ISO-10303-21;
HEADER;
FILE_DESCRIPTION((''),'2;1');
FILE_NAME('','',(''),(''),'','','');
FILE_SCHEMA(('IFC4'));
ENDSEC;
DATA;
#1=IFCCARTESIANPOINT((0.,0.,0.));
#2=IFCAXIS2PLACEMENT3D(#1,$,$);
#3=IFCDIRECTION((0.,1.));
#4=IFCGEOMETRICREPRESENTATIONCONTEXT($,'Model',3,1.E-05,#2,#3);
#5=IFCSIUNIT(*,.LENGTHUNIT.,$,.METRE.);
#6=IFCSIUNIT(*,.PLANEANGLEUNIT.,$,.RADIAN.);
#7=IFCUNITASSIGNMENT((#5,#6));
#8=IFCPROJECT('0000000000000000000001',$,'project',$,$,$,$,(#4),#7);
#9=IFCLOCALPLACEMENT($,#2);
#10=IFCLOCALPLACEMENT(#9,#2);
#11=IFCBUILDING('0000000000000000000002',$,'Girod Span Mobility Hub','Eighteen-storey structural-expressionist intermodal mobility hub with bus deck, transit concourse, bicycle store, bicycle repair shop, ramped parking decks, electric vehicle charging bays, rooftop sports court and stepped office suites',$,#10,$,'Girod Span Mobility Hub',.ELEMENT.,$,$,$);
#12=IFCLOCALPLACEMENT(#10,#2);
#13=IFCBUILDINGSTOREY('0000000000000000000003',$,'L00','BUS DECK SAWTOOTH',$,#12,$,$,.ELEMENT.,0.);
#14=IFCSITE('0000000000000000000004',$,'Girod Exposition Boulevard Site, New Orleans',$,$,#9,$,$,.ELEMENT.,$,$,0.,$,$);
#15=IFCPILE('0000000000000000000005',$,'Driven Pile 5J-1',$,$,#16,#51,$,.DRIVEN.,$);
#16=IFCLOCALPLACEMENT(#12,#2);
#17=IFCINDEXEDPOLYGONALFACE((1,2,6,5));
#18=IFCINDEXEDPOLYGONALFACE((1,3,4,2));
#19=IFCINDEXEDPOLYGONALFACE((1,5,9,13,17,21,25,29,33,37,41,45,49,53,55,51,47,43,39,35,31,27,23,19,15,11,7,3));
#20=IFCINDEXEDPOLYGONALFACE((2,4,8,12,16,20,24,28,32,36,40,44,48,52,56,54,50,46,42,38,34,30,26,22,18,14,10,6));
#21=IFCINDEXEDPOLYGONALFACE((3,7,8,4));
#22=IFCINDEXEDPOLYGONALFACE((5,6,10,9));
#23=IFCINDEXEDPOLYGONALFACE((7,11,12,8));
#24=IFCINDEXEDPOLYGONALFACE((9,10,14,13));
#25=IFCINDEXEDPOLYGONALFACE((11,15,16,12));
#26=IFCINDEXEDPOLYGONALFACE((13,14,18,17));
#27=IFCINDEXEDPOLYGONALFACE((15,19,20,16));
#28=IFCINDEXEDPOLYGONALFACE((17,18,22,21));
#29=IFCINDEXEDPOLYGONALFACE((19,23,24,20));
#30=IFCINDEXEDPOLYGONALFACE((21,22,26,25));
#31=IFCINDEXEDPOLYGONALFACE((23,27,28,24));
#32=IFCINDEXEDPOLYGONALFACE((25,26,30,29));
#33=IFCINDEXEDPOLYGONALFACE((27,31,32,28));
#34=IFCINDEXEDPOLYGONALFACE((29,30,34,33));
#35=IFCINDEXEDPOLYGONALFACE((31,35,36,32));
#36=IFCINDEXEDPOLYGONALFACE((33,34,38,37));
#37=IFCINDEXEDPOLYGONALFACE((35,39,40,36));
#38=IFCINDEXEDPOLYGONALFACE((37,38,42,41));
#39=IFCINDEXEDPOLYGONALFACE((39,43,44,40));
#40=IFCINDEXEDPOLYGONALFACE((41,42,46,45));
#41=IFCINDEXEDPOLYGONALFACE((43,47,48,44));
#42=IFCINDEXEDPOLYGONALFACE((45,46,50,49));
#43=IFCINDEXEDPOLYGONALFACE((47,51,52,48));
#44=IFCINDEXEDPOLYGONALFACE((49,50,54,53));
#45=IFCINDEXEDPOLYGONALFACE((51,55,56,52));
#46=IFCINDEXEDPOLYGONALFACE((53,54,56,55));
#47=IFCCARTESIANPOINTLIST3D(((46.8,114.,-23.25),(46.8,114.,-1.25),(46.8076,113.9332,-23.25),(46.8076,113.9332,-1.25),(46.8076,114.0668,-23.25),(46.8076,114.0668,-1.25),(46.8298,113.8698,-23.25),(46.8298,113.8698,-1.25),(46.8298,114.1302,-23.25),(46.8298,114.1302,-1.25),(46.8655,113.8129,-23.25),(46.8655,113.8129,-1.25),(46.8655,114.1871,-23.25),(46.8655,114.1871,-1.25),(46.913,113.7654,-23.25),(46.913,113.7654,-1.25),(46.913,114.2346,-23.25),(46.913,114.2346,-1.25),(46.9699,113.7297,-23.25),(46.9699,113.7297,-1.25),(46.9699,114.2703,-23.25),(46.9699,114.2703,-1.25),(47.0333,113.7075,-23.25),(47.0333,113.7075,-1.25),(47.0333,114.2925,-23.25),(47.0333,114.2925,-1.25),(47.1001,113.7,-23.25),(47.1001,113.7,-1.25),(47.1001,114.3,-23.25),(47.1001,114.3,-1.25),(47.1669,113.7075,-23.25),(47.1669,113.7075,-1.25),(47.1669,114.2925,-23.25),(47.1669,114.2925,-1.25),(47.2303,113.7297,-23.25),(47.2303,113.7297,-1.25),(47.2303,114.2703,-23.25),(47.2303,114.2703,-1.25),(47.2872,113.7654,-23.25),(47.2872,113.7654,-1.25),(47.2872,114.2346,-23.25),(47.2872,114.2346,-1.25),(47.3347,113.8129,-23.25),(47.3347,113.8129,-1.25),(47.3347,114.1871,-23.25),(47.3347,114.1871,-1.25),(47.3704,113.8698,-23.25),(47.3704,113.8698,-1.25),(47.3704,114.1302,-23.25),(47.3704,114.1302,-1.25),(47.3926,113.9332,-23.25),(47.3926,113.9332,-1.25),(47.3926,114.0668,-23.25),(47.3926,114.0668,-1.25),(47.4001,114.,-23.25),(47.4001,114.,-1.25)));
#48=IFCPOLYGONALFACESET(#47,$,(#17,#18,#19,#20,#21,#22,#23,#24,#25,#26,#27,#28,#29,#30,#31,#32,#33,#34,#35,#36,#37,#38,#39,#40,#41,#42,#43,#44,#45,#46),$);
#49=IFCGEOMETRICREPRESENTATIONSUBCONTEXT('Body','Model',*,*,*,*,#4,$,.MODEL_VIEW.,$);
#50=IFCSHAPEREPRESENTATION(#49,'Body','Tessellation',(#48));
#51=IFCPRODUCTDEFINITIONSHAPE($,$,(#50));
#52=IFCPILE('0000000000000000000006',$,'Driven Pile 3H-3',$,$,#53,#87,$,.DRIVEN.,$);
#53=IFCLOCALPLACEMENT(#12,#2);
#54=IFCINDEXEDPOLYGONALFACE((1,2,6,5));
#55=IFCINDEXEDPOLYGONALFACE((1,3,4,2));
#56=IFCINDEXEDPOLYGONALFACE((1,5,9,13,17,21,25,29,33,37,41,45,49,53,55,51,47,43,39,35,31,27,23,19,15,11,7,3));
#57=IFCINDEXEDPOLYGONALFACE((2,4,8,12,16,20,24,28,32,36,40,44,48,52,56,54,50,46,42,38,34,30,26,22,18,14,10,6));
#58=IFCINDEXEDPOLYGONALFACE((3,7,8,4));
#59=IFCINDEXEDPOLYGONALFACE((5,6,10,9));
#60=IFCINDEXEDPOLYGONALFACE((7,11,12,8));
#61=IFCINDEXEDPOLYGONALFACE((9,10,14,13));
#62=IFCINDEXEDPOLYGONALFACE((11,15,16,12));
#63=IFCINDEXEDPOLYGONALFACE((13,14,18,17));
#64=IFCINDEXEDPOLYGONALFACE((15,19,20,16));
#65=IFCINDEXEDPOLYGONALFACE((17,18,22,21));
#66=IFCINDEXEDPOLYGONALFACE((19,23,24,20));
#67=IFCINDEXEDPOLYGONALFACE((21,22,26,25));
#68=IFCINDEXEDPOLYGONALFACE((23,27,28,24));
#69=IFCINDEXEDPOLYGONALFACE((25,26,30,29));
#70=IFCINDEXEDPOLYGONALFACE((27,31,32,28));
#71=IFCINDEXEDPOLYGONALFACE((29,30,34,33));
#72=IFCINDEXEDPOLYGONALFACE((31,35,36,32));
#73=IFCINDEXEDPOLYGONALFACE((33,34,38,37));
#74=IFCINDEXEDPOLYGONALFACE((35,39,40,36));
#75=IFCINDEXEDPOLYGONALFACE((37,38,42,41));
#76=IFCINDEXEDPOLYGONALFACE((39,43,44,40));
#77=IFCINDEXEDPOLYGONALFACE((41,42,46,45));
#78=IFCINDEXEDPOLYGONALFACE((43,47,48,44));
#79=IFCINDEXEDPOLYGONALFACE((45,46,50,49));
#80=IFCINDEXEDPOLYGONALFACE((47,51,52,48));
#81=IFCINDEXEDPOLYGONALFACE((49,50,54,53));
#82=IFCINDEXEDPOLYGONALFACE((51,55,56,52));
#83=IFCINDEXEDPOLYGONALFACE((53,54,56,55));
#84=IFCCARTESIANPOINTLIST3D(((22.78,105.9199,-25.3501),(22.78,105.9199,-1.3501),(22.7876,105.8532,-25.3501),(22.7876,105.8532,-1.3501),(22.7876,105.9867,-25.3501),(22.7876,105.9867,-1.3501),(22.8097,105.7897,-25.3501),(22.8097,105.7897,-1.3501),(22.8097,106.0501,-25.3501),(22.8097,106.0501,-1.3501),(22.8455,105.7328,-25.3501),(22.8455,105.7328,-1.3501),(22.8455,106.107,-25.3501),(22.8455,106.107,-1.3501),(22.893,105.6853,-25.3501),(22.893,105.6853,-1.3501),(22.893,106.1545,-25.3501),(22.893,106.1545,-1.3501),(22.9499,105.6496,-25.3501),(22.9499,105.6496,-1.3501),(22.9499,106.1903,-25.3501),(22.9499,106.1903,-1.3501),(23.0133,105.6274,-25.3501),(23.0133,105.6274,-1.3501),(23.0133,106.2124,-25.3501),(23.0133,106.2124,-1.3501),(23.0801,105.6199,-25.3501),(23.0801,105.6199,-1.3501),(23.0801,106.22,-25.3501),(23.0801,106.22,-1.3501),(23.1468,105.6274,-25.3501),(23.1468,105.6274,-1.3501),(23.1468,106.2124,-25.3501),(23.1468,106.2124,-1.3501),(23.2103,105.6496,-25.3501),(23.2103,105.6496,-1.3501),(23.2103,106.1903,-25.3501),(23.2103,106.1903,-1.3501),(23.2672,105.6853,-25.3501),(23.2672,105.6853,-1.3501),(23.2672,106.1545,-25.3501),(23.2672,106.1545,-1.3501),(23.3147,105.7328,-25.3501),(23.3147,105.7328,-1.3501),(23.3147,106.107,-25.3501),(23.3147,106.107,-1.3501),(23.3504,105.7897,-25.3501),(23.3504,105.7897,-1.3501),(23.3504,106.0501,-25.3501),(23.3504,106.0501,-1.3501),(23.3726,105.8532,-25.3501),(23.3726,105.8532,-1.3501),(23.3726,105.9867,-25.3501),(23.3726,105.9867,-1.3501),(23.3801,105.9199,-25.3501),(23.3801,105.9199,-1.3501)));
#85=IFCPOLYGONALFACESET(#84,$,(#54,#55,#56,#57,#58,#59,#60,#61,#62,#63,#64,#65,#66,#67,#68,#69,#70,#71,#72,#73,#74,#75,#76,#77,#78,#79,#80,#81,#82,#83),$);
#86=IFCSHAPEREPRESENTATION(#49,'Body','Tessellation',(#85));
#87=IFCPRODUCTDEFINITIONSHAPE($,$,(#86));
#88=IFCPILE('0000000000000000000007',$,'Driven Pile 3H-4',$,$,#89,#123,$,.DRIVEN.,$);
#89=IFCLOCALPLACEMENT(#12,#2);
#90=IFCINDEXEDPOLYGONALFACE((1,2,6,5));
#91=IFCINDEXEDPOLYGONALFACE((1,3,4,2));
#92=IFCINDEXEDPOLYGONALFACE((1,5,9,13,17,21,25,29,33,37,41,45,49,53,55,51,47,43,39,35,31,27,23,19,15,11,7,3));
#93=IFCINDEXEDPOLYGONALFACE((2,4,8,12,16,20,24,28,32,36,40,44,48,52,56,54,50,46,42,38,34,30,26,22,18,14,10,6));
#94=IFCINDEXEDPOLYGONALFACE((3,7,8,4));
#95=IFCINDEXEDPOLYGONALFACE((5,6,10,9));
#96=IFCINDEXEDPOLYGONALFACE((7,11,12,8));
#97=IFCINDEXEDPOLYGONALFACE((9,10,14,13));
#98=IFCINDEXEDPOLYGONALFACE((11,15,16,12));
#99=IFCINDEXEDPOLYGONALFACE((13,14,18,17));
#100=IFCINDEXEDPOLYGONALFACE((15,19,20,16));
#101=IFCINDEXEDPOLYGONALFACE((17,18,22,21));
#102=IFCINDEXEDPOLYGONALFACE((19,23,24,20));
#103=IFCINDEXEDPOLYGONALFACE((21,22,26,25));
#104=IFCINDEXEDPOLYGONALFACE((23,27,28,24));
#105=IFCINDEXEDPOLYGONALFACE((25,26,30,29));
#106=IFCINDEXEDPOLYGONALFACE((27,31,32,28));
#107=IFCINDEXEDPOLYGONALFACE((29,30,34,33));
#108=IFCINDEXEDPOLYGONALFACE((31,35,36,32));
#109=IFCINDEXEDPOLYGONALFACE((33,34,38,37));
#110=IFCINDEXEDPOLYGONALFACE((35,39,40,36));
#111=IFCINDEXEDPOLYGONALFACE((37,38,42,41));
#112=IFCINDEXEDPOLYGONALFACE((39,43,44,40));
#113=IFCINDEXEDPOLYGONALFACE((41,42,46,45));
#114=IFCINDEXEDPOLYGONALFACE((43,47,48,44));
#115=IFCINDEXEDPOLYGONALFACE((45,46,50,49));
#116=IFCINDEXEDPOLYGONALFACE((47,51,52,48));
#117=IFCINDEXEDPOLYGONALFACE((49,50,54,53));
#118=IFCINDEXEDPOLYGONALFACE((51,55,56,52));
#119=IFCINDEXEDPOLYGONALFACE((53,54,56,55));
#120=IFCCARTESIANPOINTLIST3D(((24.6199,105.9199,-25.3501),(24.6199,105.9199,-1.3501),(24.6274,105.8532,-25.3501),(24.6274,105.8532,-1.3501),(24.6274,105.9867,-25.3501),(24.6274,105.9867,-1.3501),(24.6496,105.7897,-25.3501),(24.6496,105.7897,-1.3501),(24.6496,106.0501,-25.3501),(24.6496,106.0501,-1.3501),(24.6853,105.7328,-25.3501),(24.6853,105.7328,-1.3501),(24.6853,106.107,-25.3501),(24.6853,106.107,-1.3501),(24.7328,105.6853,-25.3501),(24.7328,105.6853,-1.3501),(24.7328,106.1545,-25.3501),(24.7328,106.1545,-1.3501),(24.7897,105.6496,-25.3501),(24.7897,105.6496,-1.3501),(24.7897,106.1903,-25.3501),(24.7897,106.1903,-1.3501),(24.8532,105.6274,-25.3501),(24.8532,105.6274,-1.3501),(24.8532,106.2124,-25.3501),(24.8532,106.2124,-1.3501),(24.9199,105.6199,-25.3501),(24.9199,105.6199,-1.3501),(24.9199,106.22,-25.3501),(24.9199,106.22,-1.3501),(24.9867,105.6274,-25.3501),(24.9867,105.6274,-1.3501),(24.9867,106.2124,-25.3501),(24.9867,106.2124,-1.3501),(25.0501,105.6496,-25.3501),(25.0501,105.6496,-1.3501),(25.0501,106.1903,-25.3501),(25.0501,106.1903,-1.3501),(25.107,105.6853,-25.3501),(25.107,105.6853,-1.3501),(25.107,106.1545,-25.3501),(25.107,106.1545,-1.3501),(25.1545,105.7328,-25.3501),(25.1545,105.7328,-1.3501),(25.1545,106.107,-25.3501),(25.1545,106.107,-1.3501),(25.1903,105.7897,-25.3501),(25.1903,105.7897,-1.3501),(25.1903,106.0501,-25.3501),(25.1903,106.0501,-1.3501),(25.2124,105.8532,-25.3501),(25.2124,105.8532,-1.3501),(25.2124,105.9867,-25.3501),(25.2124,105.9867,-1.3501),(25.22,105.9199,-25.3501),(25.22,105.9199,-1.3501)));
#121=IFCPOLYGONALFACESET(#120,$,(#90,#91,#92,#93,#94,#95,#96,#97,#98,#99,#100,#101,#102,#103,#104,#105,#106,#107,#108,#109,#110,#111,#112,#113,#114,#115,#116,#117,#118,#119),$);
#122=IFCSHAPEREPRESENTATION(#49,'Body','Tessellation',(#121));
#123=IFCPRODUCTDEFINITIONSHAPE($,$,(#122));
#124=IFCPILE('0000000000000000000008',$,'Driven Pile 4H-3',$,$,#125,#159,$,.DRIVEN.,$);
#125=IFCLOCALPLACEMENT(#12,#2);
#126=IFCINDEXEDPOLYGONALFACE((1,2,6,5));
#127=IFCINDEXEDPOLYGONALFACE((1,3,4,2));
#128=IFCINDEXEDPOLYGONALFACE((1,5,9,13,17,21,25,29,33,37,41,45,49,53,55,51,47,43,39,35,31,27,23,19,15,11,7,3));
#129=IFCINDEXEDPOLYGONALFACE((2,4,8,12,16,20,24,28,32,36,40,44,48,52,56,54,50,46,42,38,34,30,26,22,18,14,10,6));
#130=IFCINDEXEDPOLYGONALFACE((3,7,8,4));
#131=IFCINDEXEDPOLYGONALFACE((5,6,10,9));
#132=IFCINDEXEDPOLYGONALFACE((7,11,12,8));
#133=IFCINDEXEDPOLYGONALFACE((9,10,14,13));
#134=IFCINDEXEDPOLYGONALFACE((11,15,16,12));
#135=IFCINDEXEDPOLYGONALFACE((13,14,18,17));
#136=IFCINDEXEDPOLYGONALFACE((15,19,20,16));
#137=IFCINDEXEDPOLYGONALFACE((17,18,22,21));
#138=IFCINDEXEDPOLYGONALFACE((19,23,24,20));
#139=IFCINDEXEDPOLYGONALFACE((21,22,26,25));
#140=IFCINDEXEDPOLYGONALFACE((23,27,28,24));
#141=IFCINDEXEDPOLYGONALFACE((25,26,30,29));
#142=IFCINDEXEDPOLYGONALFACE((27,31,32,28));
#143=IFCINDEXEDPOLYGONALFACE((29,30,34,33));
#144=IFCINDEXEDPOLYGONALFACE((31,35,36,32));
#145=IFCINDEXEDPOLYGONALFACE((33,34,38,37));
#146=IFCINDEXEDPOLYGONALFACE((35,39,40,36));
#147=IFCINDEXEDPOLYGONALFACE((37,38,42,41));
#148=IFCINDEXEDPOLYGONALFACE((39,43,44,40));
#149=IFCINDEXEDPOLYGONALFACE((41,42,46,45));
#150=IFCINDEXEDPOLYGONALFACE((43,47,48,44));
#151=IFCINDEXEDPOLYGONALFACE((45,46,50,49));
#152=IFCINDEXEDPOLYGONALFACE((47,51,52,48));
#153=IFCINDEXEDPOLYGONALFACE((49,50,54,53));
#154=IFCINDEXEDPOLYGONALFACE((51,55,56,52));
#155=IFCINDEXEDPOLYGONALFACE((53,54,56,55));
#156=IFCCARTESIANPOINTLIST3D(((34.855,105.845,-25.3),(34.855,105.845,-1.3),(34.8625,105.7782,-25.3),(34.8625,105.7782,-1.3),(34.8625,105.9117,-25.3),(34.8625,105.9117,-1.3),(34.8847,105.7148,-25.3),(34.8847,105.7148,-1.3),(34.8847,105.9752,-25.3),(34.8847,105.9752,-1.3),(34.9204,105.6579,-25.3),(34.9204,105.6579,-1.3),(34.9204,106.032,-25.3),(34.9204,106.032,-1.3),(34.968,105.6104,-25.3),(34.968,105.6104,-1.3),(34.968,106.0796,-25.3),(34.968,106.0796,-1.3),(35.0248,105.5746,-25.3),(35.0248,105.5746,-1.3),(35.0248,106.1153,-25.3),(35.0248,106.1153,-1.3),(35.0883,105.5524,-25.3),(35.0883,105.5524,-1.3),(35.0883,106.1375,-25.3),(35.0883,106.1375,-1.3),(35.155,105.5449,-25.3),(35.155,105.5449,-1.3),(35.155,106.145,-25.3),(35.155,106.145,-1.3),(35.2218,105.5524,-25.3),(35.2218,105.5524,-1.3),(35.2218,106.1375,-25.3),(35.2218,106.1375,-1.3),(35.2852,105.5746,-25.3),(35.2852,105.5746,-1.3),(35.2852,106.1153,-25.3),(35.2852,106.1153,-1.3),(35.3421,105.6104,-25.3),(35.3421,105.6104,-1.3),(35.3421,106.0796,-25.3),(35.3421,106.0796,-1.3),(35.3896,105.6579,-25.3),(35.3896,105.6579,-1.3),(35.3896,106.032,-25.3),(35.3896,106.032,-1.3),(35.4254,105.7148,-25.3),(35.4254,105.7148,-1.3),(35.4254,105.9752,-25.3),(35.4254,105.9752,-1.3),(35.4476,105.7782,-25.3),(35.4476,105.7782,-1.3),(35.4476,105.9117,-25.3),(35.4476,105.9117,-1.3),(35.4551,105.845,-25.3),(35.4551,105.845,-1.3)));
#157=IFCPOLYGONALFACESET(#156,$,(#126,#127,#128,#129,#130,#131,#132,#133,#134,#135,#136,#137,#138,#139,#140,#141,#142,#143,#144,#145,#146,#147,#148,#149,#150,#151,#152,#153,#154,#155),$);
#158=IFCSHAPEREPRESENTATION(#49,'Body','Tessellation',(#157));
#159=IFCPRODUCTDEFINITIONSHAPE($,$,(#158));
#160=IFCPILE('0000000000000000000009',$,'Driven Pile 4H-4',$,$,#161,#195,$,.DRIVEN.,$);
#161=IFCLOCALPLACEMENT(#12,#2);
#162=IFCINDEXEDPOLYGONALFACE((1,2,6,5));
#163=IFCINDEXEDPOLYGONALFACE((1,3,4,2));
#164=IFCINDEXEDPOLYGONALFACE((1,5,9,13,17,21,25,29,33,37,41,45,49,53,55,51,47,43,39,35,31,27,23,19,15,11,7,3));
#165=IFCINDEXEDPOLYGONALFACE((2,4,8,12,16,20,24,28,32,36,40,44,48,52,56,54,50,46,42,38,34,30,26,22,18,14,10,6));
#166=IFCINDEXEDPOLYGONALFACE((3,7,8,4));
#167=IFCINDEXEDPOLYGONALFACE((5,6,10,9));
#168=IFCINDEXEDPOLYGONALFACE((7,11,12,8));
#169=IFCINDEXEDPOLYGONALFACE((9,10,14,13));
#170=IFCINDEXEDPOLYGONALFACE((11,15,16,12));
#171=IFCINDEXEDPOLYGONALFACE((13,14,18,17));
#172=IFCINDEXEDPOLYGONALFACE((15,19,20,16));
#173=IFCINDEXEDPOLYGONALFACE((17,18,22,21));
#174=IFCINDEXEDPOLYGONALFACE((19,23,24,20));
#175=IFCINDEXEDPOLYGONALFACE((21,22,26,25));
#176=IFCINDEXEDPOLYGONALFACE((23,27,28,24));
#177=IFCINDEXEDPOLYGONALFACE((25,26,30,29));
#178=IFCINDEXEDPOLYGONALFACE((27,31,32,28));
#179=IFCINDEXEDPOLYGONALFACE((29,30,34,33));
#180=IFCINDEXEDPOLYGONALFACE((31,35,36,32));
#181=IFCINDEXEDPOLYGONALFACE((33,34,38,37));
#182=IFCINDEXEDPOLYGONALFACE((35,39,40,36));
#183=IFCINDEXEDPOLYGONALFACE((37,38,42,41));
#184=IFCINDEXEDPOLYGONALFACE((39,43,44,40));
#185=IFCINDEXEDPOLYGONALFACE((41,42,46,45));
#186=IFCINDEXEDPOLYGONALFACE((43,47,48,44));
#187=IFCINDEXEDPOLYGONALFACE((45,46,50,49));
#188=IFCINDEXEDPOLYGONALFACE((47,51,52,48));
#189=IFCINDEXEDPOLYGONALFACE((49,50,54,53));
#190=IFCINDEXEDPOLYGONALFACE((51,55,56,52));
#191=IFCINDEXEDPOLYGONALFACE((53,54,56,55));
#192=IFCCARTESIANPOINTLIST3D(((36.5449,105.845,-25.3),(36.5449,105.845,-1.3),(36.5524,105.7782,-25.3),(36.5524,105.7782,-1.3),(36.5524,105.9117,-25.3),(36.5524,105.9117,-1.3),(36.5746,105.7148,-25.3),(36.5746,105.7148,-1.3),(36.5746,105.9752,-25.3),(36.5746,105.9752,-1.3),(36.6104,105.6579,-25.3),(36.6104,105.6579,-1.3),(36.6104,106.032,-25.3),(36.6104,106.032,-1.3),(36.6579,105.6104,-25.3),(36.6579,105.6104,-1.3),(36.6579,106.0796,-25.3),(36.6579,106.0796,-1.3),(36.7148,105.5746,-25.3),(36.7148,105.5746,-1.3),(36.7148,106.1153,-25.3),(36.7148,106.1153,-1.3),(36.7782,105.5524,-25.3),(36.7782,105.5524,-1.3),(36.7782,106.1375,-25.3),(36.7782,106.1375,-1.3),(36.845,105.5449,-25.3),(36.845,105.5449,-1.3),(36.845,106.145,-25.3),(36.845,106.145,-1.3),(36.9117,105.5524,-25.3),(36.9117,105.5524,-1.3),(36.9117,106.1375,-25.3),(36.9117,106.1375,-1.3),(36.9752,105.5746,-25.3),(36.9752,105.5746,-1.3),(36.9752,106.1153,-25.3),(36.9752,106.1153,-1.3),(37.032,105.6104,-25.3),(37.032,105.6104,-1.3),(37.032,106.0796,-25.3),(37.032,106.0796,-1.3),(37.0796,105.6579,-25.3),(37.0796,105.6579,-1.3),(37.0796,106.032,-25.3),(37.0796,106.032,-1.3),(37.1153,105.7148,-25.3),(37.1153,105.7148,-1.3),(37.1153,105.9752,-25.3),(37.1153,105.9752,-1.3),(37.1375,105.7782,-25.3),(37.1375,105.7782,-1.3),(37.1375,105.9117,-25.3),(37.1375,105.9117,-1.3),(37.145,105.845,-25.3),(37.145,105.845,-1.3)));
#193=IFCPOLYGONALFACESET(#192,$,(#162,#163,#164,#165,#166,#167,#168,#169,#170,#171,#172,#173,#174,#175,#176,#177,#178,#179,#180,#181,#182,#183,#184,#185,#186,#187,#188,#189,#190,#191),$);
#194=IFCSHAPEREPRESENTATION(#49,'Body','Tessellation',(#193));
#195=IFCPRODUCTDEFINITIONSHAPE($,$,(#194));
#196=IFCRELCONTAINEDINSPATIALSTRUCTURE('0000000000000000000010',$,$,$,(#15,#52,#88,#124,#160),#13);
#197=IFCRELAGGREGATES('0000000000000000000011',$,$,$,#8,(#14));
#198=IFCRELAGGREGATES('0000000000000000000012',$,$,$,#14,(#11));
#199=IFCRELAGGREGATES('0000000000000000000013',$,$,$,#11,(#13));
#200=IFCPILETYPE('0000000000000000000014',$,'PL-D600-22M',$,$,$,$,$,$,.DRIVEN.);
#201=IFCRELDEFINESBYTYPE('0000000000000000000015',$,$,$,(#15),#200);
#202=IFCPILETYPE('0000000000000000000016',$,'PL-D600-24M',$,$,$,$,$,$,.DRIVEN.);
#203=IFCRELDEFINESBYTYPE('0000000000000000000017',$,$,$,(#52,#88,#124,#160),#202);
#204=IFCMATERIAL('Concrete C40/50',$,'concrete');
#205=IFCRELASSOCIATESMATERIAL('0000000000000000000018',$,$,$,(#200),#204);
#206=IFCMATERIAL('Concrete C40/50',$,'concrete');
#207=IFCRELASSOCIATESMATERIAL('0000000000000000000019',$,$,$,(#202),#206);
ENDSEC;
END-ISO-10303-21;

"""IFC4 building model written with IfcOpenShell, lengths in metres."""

from ifc_helpers import new_model, si_unit, direction, frame, origin, origin_2d, place, context, subcontext, project, spatial, circle, extrude, material, material_profile, profile_set, type_object, element, save


model = new_model("IFC4")

# Units and contexts
model_context = context("Model", 3, precision=1e-05, world=origin(), true_north=direction((0.0, 1.0)))
body_context = subcontext(model_context, "Body", "Model", "MODEL_VIEW")
ifc_project = project(units=[si_unit("LENGTHUNIT", "METRE"), si_unit("PLANEANGLEUNIT", "RADIAN")], contexts=[model_context])

# Site, building, storey
site_placement = place(None, origin())
site = spatial("IfcSite", under=ifc_project, at=site_placement, Name="Girod Exposition Boulevard Site, New Orleans", CompositionType="ELEMENT", RefElevation=0.0)
building_placement = place(site_placement, origin())
building = spatial("IfcBuilding", under=site, at=building_placement, Name="Girod Span Mobility Hub", Description="Eighteen-storey structural-expressionist intermodal mobility hub with bus deck, transit concourse, bicycle store, bicycle repair shop, ramped parking decks, electric vehicle charging bays, rooftop sports court and stepped office suites", LongName="Girod Span Mobility Hub", CompositionType="ELEMENT")
storey_placement = place(building_placement, origin())
storey = spatial("IfcBuildingStorey", under=building, at=storey_placement, Name="L00", Description="BUS DECK SAWTOOTH", CompositionType="ELEMENT", Elevation=0.0)

# Piles
ifc_material_1 = material(Name="Concrete C40/50", Category="concrete")
ifc_material_profile_1 = material_profile(ifc_material_1, circle(Radius=0.3, at=origin_2d()), Name="PILE-D600")
ifc_profile_set_1 = profile_set([ifc_material_profile_1], Name="Concrete C40/50")
pile_type_1 = type_object("IfcPileType", Name="PL-D600-22M", PredefinedType="DRIVEN", material=ifc_profile_set_1)
for number, where, z_axis, x_axis, name in (
    (1, (47.1001, 114.0, -1.25), (0.0, 0.0, -1.0), (1.0, 0.0, 0.0), "Driven Pile 5J-1"),
):
    element("IfcPile", number, at=place(storey_placement, frame(where, z_axis=z_axis, x_axis=x_axis)), inside=storey, type_object=pile_type_1, Name=name, PredefinedType="DRIVEN", context=body_context, shape_type="SweptSolid", body=[
        extrude(circle(Radius=0.3, at=origin_2d()), origin(), (0.0, 0.0, 1.0), 22.0),
    ])
ifc_material_2 = material(Name="Concrete C40/50", Category="concrete")
ifc_material_profile_2 = material_profile(ifc_material_2, circle(Radius=0.3, at=origin_2d()), Name="PILE-D600")
ifc_profile_set_2 = profile_set([ifc_material_profile_2], Name="Concrete C40/50")
pile_type_2 = type_object("IfcPileType", Name="PL-D600-24M", PredefinedType="DRIVEN", material=ifc_profile_set_2)
for number, where, z_axis, x_axis, name in (
    (2, (23.0801, 105.9199, -1.3501), (0.0, 0.0, -1.0), (1.0, 0.0, 0.0), "Driven Pile 3H-3"),
    (3, (24.9199, 105.9199, -1.3501), (0.0, 0.0, -1.0), (1.0, 0.0, 0.0), "Driven Pile 3H-4"),
    (4, (35.155, 105.845, -1.3), (0.0, 0.0, -1.0), (1.0, 0.0, 0.0), "Driven Pile 4H-3"),
    (5, (36.845, 105.845, -1.3), (0.0, 0.0, -1.0), (1.0, 0.0, 0.0), "Driven Pile 4H-4"),
):
    element("IfcPile", number, at=place(storey_placement, frame(where, z_axis=z_axis, x_axis=x_axis)), inside=storey, type_object=pile_type_2, Name=name, PredefinedType="DRIVEN", context=body_context, shape_type="SweptSolid", body=[
        extrude(circle(Radius=0.3, at=origin_2d()), origin(), (0.0, 0.0, 1.0), 24.0),
    ])

save(model, "model.ifc")
